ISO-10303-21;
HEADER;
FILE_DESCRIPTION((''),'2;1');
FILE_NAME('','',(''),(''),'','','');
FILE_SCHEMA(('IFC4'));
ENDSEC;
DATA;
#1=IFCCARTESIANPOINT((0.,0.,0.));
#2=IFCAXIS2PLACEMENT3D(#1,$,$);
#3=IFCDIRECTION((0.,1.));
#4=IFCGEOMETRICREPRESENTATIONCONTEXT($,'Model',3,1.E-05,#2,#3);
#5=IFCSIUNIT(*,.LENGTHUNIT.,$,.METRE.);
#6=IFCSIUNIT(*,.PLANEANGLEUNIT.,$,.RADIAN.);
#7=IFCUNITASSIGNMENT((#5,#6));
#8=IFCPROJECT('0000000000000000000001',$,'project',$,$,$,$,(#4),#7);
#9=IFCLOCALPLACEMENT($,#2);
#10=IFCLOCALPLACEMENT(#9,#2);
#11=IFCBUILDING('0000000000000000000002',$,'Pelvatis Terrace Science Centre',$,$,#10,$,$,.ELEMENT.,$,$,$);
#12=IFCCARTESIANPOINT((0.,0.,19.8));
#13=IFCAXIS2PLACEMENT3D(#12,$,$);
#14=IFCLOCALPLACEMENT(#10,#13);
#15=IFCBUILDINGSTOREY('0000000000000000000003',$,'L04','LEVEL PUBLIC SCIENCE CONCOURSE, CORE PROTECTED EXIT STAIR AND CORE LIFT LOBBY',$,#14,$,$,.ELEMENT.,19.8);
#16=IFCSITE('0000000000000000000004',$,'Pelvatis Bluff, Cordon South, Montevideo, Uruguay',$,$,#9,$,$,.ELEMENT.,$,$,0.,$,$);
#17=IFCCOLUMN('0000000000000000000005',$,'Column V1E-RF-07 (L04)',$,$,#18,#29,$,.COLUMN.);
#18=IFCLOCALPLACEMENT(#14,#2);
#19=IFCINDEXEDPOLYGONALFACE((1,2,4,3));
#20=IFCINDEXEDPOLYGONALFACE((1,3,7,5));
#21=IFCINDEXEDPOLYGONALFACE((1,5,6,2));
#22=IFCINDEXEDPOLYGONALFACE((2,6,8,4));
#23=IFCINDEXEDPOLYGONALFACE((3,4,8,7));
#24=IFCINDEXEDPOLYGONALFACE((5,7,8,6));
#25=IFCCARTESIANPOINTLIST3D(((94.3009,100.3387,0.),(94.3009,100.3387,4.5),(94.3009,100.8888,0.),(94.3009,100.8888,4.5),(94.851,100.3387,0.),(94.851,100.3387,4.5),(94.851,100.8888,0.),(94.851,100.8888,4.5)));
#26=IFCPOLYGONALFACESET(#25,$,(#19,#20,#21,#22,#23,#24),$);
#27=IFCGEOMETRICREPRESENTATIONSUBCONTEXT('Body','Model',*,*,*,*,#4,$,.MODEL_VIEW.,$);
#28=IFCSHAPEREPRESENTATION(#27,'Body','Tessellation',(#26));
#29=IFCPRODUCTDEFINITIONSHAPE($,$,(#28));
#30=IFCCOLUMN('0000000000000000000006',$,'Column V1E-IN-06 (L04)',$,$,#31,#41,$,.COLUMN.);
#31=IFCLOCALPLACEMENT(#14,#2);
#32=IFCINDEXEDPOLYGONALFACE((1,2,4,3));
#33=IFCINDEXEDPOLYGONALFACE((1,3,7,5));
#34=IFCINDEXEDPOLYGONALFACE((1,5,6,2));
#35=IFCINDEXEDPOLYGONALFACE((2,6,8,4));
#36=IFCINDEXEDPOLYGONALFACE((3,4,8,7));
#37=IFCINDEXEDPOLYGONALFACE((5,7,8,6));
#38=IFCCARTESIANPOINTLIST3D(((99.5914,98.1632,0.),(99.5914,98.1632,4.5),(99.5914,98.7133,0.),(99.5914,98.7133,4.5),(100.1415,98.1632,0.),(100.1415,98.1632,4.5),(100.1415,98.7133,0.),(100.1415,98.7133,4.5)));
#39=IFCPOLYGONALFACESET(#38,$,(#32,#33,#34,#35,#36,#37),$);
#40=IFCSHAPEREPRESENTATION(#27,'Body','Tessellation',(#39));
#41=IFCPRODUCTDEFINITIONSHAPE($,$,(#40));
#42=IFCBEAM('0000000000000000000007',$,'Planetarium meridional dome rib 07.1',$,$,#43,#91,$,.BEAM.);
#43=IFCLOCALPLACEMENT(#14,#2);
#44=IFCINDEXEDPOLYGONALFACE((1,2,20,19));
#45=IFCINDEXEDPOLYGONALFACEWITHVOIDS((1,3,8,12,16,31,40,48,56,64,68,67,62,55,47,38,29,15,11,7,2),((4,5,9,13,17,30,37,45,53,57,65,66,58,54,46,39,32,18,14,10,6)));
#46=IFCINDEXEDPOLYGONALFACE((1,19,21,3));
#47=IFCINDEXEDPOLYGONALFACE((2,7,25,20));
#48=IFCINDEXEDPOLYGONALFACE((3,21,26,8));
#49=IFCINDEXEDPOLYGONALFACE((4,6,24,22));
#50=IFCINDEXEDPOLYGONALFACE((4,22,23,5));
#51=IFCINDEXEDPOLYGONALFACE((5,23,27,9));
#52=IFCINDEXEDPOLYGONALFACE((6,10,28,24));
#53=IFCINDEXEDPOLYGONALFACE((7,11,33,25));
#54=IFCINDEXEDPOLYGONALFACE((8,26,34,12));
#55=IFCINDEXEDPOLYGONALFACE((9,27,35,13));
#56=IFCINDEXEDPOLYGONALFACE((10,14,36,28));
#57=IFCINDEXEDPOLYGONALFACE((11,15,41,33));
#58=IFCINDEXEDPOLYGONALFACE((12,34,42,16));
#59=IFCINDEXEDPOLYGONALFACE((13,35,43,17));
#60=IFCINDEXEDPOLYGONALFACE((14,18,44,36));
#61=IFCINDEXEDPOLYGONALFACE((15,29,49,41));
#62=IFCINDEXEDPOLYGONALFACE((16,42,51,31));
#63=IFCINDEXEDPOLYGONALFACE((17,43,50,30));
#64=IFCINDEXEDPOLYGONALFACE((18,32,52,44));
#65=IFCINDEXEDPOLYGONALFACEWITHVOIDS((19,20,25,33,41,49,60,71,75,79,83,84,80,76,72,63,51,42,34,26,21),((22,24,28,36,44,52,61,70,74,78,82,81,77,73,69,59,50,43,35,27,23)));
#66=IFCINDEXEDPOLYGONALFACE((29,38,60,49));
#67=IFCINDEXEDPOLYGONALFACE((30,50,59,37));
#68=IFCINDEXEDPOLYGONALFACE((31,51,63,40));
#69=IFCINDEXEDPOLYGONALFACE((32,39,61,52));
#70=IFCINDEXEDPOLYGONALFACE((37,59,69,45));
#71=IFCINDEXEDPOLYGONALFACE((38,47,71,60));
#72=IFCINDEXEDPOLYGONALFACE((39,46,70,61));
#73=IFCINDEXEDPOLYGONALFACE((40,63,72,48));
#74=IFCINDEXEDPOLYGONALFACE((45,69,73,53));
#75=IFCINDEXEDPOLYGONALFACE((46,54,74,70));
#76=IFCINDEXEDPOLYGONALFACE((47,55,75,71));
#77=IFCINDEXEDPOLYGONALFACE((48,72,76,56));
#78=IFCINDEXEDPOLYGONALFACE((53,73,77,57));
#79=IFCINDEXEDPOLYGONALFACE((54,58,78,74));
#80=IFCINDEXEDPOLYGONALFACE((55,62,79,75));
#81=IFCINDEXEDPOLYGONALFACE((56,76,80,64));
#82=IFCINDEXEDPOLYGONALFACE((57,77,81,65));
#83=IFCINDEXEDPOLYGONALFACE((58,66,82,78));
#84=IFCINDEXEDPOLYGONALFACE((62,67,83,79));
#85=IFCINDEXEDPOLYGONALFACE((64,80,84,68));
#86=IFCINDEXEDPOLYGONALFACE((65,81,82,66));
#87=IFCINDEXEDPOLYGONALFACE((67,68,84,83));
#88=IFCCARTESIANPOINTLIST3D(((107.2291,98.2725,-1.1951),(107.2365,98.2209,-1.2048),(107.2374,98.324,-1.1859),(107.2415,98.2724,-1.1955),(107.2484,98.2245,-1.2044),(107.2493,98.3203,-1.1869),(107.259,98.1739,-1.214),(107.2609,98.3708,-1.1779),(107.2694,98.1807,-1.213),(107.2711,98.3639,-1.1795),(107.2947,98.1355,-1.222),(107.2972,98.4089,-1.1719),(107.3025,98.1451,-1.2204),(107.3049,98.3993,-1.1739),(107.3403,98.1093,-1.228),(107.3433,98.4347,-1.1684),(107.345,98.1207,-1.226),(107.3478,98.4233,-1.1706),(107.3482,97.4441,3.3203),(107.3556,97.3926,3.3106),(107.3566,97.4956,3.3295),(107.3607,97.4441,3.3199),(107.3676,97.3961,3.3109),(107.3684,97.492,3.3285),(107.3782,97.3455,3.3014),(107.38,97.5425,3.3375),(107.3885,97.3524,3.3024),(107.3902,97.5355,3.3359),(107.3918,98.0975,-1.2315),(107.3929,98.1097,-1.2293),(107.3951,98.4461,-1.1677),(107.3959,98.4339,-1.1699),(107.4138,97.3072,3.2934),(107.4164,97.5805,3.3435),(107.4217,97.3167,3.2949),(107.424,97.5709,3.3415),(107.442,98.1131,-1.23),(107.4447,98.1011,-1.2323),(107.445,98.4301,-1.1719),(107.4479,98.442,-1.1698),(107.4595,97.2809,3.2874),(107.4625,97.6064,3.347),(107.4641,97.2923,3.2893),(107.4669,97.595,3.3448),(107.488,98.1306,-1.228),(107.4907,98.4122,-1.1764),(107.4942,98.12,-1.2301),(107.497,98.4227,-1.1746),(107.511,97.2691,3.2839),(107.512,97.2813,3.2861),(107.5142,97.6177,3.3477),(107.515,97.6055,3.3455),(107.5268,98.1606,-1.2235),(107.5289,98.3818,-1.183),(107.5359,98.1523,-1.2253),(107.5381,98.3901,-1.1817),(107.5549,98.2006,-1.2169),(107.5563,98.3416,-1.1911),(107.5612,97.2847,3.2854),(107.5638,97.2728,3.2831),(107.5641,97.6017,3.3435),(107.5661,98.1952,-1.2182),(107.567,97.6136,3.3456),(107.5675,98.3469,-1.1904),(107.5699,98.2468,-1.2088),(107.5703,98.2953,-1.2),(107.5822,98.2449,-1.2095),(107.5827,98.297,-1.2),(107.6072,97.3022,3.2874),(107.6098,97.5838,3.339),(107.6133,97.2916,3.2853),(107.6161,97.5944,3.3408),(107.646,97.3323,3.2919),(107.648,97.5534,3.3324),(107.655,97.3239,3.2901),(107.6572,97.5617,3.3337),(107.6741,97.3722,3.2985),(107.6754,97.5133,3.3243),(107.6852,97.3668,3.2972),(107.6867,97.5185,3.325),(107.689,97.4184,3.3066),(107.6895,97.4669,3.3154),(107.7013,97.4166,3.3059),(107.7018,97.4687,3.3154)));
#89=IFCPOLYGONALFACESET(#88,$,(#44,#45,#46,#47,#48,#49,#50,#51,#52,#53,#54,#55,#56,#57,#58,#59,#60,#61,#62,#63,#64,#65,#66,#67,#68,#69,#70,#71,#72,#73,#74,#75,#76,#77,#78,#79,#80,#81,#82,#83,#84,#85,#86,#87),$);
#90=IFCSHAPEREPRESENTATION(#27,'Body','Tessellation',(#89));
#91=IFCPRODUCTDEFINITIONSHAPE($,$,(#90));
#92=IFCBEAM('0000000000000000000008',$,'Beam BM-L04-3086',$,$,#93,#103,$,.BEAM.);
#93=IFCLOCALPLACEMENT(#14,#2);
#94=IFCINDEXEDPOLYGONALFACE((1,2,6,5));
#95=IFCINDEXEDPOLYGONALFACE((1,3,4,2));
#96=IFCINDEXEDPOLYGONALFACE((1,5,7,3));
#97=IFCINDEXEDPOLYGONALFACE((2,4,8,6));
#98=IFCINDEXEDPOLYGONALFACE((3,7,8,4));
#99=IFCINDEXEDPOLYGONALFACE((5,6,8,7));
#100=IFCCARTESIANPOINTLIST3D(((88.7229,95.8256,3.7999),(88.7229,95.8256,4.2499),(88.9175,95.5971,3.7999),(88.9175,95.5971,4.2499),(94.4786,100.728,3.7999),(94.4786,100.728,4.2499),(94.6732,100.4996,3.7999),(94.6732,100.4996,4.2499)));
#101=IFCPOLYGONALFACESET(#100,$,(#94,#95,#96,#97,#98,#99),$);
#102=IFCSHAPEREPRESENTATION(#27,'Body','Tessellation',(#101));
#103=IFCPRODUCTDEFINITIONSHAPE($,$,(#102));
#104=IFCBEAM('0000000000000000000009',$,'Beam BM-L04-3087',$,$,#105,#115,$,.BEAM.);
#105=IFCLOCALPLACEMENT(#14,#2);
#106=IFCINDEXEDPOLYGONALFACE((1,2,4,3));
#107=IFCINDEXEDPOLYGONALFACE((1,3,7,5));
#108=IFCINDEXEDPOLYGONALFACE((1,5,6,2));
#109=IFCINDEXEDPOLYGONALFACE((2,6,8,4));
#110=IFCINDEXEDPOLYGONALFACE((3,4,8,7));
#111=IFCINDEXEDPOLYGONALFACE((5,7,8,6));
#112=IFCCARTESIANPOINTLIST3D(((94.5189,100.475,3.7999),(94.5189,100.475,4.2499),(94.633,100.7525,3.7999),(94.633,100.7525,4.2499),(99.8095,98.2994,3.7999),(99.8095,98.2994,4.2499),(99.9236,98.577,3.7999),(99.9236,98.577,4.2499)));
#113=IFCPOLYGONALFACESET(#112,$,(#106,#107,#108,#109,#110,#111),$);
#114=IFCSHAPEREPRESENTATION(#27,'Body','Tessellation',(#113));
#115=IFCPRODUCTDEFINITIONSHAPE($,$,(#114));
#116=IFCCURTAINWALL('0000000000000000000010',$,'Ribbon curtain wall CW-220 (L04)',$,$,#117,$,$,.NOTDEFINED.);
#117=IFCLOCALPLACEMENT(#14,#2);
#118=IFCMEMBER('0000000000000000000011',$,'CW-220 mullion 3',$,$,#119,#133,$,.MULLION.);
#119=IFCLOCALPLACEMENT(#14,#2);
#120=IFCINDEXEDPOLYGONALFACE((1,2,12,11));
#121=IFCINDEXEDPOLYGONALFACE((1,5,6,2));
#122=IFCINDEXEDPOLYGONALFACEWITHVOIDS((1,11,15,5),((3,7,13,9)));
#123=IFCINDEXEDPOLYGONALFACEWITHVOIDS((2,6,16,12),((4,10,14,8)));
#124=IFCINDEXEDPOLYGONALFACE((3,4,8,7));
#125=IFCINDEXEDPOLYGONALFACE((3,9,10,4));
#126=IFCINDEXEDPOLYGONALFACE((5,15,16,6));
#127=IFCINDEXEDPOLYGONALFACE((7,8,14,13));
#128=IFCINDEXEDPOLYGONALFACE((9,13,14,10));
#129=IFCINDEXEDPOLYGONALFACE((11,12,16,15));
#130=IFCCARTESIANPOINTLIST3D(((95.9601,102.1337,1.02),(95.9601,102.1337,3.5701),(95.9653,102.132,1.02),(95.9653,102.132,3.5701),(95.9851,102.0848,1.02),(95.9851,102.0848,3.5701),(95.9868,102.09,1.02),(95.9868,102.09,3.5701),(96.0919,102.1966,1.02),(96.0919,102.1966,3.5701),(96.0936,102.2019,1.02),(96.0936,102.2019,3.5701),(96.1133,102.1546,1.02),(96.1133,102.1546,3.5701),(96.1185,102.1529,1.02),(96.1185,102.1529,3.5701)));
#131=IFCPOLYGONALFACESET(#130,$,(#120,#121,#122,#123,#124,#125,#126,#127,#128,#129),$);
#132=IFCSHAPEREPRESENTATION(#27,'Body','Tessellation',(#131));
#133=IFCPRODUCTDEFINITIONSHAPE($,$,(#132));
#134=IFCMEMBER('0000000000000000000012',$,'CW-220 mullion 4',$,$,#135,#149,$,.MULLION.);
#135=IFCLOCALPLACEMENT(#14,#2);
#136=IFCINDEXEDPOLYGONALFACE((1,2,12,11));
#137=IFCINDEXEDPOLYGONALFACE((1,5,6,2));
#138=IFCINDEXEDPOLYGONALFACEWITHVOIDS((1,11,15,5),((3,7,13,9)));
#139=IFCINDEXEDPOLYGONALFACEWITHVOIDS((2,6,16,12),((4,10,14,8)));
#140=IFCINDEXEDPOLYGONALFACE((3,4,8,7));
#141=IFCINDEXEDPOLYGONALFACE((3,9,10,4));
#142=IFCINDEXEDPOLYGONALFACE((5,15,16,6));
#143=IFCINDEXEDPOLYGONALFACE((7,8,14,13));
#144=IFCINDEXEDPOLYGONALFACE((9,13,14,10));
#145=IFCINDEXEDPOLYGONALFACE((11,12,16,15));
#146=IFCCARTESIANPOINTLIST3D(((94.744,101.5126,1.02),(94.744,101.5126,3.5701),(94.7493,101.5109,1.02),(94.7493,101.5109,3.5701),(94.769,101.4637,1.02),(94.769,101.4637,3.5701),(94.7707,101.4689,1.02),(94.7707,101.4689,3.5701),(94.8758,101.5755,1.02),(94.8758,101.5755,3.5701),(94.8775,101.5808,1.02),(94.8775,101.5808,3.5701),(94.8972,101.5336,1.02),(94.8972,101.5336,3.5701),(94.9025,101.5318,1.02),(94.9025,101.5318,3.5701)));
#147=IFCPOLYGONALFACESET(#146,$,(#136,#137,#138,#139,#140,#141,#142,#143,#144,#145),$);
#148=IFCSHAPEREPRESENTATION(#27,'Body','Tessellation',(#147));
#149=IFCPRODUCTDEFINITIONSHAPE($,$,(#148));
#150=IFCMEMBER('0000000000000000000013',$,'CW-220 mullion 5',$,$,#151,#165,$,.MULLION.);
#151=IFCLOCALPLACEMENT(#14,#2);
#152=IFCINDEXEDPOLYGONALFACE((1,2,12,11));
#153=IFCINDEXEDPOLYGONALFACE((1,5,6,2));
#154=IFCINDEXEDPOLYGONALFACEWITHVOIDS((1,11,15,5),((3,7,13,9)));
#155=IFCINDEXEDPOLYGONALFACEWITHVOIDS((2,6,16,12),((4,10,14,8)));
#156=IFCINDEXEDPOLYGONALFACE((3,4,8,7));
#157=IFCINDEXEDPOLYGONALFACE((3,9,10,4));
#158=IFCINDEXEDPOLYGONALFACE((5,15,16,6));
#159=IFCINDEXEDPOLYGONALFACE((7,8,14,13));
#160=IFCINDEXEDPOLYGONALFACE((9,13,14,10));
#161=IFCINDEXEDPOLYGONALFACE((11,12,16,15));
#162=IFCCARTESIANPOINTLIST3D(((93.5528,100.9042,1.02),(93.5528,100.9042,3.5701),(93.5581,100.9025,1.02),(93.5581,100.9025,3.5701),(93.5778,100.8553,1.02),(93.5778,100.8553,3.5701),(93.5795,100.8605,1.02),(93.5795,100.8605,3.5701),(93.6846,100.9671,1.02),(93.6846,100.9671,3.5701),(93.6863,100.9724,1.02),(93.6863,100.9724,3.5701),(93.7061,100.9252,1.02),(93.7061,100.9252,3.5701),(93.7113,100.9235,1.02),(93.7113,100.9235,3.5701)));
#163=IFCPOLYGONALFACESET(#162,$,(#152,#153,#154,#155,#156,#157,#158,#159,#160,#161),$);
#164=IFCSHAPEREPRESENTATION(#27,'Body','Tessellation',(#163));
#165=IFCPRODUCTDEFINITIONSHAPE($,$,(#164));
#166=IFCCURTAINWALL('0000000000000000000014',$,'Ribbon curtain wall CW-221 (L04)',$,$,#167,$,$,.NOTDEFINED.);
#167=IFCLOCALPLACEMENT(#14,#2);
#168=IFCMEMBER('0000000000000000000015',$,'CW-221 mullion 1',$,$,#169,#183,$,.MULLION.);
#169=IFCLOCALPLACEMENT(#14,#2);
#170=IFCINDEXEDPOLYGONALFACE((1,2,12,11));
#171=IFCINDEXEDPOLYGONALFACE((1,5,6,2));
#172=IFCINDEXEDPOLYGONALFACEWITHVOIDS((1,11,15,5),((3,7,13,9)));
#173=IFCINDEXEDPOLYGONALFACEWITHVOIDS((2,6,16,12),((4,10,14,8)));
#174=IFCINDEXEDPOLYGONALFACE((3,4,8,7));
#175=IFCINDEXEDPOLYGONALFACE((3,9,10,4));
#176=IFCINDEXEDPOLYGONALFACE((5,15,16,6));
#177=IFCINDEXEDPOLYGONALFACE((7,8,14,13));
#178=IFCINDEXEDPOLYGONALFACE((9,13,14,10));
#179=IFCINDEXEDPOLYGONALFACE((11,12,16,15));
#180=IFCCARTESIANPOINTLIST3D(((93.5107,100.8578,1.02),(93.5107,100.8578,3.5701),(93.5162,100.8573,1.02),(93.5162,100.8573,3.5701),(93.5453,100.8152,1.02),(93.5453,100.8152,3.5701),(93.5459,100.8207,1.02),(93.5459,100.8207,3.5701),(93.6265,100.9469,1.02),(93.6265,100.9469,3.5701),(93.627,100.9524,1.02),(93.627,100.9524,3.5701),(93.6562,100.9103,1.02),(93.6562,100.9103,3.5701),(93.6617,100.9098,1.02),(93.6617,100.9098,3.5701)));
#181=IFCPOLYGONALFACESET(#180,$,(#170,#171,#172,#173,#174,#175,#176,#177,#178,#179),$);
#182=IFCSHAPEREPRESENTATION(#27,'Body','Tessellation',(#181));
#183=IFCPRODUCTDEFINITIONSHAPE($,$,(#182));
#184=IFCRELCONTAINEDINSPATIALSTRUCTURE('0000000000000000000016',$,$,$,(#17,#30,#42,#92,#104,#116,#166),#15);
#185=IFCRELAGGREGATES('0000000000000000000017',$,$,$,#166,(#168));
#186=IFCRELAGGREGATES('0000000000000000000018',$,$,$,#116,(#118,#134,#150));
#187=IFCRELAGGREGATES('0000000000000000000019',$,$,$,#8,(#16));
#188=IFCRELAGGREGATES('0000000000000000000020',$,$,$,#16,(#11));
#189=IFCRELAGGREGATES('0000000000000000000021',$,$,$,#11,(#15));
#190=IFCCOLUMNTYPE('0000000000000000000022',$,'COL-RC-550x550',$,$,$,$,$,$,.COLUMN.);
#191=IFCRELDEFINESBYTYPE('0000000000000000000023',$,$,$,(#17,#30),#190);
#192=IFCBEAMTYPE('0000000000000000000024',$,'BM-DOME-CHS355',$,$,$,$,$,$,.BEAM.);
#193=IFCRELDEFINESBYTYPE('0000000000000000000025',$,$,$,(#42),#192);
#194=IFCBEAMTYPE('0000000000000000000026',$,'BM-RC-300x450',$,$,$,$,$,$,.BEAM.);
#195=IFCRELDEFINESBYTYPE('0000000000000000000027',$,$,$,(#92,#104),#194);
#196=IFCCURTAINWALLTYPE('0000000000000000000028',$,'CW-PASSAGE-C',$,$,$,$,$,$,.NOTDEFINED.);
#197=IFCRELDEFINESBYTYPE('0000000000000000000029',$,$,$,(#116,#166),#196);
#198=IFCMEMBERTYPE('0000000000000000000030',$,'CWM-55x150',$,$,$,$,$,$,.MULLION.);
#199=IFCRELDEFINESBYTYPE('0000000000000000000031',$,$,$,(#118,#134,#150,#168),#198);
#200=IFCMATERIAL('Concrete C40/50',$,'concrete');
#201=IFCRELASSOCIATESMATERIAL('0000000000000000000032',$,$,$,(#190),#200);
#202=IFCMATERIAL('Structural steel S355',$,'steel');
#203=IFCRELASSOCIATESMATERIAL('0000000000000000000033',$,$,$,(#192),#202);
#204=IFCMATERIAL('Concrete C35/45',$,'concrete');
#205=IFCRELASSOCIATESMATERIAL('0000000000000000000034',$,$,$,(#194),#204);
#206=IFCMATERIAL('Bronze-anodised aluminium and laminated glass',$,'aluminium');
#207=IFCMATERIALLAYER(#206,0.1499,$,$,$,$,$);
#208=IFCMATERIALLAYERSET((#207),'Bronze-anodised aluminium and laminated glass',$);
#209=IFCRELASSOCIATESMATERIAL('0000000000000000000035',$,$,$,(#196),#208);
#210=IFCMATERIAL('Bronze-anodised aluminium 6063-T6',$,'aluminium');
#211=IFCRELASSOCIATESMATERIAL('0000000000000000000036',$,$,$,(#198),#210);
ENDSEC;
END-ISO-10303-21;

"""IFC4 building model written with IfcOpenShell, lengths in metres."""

from ifc_helpers import new_model, si_unit, direction, frame, origin, origin_2d, place, context, subcontext, project, spatial, rectangle, hollow_rectangle, hollow_circle, extrude, material, layer, layer_set, material_profile, profile_set, type_object, element, aggregate, save


model = new_model("IFC4")

# Units and contexts
model_context = context("Model", 3, precision=1e-05, world=origin(), true_north=direction((0.0, 1.0)))
body_context = subcontext(model_context, "Body", "Model", "MODEL_VIEW")
ifc_project = project(units=[si_unit("LENGTHUNIT", "METRE"), si_unit("PLANEANGLEUNIT", "RADIAN")], contexts=[model_context])

# Site, building, storey
site_placement = place(None, origin())
site = spatial("IfcSite", under=ifc_project, at=site_placement, Name="Pelvatis Bluff, Cordon South, Montevideo, Uruguay", CompositionType="ELEMENT", RefElevation=0.0)
building_placement = place(site_placement, origin())
building = spatial("IfcBuilding", under=site, at=building_placement, Name="Pelvatis Terrace Science Centre", CompositionType="ELEMENT")
storey_placement = place(building_placement, frame((0.0, 0.0, 19.8)))
storey = spatial("IfcBuildingStorey", under=building, at=storey_placement, Name="L04", Description="LEVEL PUBLIC SCIENCE CONCOURSE, CORE PROTECTED EXIT STAIR AND CORE LIFT LOBBY", CompositionType="ELEMENT", Elevation=19.8)

# Columns
ifc_material_1 = material(Name="Concrete C40/50", Category="concrete")
ifc_material_profile_1 = material_profile(ifc_material_1, rectangle(XDim=0.55, YDim=0.55, at=origin_2d()), Name="RC-COL 550x550")
ifc_profile_set_1 = profile_set([ifc_material_profile_1], Name="Concrete C40/50")
column_type = type_object("IfcColumnType", Name="COL-RC-550x550", PredefinedType="COLUMN", material=ifc_profile_set_1)
for number, where, z_axis, x_axis, name in (
    (1, (94.5759, 100.6138, 0.0), (0.0, 0.0, 1.0), (1.0, 0.0, 0.0), "Column V1E-RF-07 (L04)"),
    (2, (99.8665, 98.4382, 0.0), (0.0, 0.0, 1.0), (1.0, 0.0, 0.0), "Column V1E-IN-06 (L04)"),
):
    element("IfcColumn", number, at=place(storey_placement, frame(where, z_axis=z_axis, x_axis=x_axis)), inside=storey, type_object=column_type, Name=name, PredefinedType="COLUMN", context=body_context, shape_type="SweptSolid", body=[
        extrude(rectangle(XDim=0.55, YDim=0.55, at=origin_2d()), origin(), (0.0, 0.0, 1.0), 4.5),
    ])

# Beams
ifc_material_2 = material(Name="Structural steel S355", Category="steel")
ifc_material_profile_2 = material_profile(ifc_material_2, hollow_circle(Radius=0.1777, WallThickness=0.0125, at=origin_2d()), Name="CHS 355.6x12.5")
ifc_profile_set_2 = profile_set([ifc_material_profile_2], Name="Structural steel S355")
beam_type_1 = type_object("IfcBeamType", Name="BM-DOME-CHS355", PredefinedType="BEAM", material=ifc_profile_set_2)
beam_1_placement = place(storey_placement, frame((107.4067, 98.2717, -1.2), z_axis=(0.025944, -0.180383, 0.983254), x_axis=(0.989815, 0.142361, 0.0)))
element("IfcBeam", 3, at=beam_1_placement, inside=storey, type_object=beam_type_1, Name="Planetarium meridional dome rib 07.1", PredefinedType="BEAM", context=body_context, shape_type="SweptSolid", body=[
    extrude(hollow_circle(Radius=0.1777, WallThickness=0.0125, at=origin_2d()), origin(), (0.0, 0.0, 1.0), 4.5923),
])
ifc_material_3 = material(Name="Concrete C35/45", Category="concrete")
ifc_material_profile_3 = material_profile(ifc_material_3, rectangle(XDim=0.3, YDim=0.45, at=origin_2d()), Name="RC-BM 300x450")
ifc_profile_set_3 = profile_set([ifc_material_profile_3], Name="Concrete C35/45")
beam_type_2 = type_object("IfcBeamType", Name="BM-RC-300x450", PredefinedType="BEAM", material=ifc_profile_set_3)
beam_2_placement = place(storey_placement, frame((94.5759, 100.6138, 4.0249), z_axis=(-0.761282, -0.648421, 0.0), x_axis=(0.648421, -0.761282, 0.0)))
element("IfcBeam", 4, at=beam_2_placement, inside=storey, type_object=beam_type_2, Name="Beam BM-L04-3086", PredefinedType="BEAM", context=body_context, shape_type="SweptSolid", body=[
    extrude(rectangle(XDim=0.3, YDim=0.45, at=origin_2d()), origin(), (0.0, 0.0, 1.0), 7.5605),
])
beam_3_placement = place(storey_placement, frame((94.5759, 100.6138, 4.0249), z_axis=(0.924857, -0.380314, 0.0), x_axis=(0.380314, 0.924857, 0.0)))
element("IfcBeam", 5, at=beam_3_placement, inside=storey, type_object=beam_type_2, Name="Beam BM-L04-3087", PredefinedType="BEAM", context=body_context, shape_type="SweptSolid", body=[
    extrude(rectangle(XDim=0.3, YDim=0.45, at=origin_2d()), origin(), (0.0, 0.0, 1.0), 5.7205),
])

# Curtain wall, members
ifc_material_4 = material(Name="Bronze-anodised aluminium and laminated glass", Category="aluminium")
ifc_layer_1 = layer(ifc_material_4, 0.1499)
ifc_layer_set_1 = layer_set([ifc_layer_1], Name="Bronze-anodised aluminium and laminated glass")
curtain_wall_type = type_object("IfcCurtainWallType", Name="CW-PASSAGE-C", PredefinedType="NOTDEFINED", material=ifc_layer_set_1)
curtain_wall_1_placement = place(storey_placement, origin())
curtain_wall_1 = element("IfcCurtainWall", 6, at=curtain_wall_1_placement, inside=storey, type_object=curtain_wall_type, Name="Ribbon curtain wall CW-220 (L04)", PredefinedType="NOTDEFINED")
ifc_material_5 = material(Name="Bronze-anodised aluminium 6063-T6", Category="aluminium")
ifc_material_profile_4 = material_profile(ifc_material_5, hollow_rectangle(XDim=0.0549, YDim=0.1499, WallThickness=0.0039, at=origin_2d()), Name="ALU-MUL 55x150")
ifc_profile_set_4 = profile_set([ifc_material_profile_4], Name="Bronze-anodised aluminium 6063-T6")
member_type_1 = type_object("IfcMemberType", Name="CWM-55x150", PredefinedType="MULLION", material=ifc_profile_set_4)
member_1_placement = place(storey_placement, frame((96.0393, 102.1433, 1.02), z_axis=(0.0, 0.0, 1.0), x_axis=(0.454859, -0.890564, 0.0)))
member_1 = element("IfcMember", 7, at=member_1_placement, type_object=member_type_1, Name="CW-220 mullion 3", PredefinedType="MULLION", context=body_context, shape_type="SweptSolid", body=[
    extrude(hollow_rectangle(XDim=0.0549, YDim=0.1499, WallThickness=0.0039, at=origin_2d()), origin(), (0.0, 0.0, 1.0), 2.55),
])
member_2_placement = place(storey_placement, frame((94.8232, 101.5222, 1.02), z_axis=(0.0, 0.0, 1.0), x_axis=(0.454859, -0.890564, 0.0)))
member_2 = element("IfcMember", 8, at=member_2_placement, type_object=member_type_1, Name="CW-220 mullion 4", PredefinedType="MULLION", context=body_context, shape_type="SweptSolid", body=[
    extrude(hollow_rectangle(XDim=0.0549, YDim=0.1499, WallThickness=0.0039, at=origin_2d()), origin(), (0.0, 0.0, 1.0), 2.55),
])
member_3_placement = place(storey_placement, frame((93.6321, 100.9138, 1.02), z_axis=(0.0, 0.0, 1.0), x_axis=(0.454859, -0.890564, 0.0)))
member_3 = element("IfcMember", 9, at=member_3_placement, type_object=member_type_1, Name="CW-220 mullion 5", PredefinedType="MULLION", context=body_context, shape_type="SweptSolid", body=[
    extrude(hollow_rectangle(XDim=0.0549, YDim=0.1499, WallThickness=0.0039, at=origin_2d()), origin(), (0.0, 0.0, 1.0), 2.55),
])

# Curtain wall, member
curtain_wall_2_placement = place(storey_placement, origin())
curtain_wall_2 = element("IfcCurtainWall", 10, at=curtain_wall_2_placement, inside=storey, type_object=curtain_wall_type, Name="Ribbon curtain wall CW-221 (L04)", PredefinedType="NOTDEFINED")
member_4_placement = place(storey_placement, frame((93.5862, 100.8838, 1.02), z_axis=(0.0, 0.0, 1.0), x_axis=(0.630757, -0.77598, 0.0)))
member_4 = element("IfcMember", 11, at=member_4_placement, type_object=member_type_1, Name="CW-221 mullion 1", PredefinedType="MULLION", context=body_context, shape_type="SweptSolid", body=[
    extrude(hollow_rectangle(XDim=0.0549, YDim=0.1499, WallThickness=0.0039, at=origin_2d()), origin(), (0.0, 0.0, 1.0), 2.55),
])
aggregate(curtain_wall_2, [member_4])

aggregate(curtain_wall_1, [member_1, member_2, member_3])

save(model, "model.ifc")
